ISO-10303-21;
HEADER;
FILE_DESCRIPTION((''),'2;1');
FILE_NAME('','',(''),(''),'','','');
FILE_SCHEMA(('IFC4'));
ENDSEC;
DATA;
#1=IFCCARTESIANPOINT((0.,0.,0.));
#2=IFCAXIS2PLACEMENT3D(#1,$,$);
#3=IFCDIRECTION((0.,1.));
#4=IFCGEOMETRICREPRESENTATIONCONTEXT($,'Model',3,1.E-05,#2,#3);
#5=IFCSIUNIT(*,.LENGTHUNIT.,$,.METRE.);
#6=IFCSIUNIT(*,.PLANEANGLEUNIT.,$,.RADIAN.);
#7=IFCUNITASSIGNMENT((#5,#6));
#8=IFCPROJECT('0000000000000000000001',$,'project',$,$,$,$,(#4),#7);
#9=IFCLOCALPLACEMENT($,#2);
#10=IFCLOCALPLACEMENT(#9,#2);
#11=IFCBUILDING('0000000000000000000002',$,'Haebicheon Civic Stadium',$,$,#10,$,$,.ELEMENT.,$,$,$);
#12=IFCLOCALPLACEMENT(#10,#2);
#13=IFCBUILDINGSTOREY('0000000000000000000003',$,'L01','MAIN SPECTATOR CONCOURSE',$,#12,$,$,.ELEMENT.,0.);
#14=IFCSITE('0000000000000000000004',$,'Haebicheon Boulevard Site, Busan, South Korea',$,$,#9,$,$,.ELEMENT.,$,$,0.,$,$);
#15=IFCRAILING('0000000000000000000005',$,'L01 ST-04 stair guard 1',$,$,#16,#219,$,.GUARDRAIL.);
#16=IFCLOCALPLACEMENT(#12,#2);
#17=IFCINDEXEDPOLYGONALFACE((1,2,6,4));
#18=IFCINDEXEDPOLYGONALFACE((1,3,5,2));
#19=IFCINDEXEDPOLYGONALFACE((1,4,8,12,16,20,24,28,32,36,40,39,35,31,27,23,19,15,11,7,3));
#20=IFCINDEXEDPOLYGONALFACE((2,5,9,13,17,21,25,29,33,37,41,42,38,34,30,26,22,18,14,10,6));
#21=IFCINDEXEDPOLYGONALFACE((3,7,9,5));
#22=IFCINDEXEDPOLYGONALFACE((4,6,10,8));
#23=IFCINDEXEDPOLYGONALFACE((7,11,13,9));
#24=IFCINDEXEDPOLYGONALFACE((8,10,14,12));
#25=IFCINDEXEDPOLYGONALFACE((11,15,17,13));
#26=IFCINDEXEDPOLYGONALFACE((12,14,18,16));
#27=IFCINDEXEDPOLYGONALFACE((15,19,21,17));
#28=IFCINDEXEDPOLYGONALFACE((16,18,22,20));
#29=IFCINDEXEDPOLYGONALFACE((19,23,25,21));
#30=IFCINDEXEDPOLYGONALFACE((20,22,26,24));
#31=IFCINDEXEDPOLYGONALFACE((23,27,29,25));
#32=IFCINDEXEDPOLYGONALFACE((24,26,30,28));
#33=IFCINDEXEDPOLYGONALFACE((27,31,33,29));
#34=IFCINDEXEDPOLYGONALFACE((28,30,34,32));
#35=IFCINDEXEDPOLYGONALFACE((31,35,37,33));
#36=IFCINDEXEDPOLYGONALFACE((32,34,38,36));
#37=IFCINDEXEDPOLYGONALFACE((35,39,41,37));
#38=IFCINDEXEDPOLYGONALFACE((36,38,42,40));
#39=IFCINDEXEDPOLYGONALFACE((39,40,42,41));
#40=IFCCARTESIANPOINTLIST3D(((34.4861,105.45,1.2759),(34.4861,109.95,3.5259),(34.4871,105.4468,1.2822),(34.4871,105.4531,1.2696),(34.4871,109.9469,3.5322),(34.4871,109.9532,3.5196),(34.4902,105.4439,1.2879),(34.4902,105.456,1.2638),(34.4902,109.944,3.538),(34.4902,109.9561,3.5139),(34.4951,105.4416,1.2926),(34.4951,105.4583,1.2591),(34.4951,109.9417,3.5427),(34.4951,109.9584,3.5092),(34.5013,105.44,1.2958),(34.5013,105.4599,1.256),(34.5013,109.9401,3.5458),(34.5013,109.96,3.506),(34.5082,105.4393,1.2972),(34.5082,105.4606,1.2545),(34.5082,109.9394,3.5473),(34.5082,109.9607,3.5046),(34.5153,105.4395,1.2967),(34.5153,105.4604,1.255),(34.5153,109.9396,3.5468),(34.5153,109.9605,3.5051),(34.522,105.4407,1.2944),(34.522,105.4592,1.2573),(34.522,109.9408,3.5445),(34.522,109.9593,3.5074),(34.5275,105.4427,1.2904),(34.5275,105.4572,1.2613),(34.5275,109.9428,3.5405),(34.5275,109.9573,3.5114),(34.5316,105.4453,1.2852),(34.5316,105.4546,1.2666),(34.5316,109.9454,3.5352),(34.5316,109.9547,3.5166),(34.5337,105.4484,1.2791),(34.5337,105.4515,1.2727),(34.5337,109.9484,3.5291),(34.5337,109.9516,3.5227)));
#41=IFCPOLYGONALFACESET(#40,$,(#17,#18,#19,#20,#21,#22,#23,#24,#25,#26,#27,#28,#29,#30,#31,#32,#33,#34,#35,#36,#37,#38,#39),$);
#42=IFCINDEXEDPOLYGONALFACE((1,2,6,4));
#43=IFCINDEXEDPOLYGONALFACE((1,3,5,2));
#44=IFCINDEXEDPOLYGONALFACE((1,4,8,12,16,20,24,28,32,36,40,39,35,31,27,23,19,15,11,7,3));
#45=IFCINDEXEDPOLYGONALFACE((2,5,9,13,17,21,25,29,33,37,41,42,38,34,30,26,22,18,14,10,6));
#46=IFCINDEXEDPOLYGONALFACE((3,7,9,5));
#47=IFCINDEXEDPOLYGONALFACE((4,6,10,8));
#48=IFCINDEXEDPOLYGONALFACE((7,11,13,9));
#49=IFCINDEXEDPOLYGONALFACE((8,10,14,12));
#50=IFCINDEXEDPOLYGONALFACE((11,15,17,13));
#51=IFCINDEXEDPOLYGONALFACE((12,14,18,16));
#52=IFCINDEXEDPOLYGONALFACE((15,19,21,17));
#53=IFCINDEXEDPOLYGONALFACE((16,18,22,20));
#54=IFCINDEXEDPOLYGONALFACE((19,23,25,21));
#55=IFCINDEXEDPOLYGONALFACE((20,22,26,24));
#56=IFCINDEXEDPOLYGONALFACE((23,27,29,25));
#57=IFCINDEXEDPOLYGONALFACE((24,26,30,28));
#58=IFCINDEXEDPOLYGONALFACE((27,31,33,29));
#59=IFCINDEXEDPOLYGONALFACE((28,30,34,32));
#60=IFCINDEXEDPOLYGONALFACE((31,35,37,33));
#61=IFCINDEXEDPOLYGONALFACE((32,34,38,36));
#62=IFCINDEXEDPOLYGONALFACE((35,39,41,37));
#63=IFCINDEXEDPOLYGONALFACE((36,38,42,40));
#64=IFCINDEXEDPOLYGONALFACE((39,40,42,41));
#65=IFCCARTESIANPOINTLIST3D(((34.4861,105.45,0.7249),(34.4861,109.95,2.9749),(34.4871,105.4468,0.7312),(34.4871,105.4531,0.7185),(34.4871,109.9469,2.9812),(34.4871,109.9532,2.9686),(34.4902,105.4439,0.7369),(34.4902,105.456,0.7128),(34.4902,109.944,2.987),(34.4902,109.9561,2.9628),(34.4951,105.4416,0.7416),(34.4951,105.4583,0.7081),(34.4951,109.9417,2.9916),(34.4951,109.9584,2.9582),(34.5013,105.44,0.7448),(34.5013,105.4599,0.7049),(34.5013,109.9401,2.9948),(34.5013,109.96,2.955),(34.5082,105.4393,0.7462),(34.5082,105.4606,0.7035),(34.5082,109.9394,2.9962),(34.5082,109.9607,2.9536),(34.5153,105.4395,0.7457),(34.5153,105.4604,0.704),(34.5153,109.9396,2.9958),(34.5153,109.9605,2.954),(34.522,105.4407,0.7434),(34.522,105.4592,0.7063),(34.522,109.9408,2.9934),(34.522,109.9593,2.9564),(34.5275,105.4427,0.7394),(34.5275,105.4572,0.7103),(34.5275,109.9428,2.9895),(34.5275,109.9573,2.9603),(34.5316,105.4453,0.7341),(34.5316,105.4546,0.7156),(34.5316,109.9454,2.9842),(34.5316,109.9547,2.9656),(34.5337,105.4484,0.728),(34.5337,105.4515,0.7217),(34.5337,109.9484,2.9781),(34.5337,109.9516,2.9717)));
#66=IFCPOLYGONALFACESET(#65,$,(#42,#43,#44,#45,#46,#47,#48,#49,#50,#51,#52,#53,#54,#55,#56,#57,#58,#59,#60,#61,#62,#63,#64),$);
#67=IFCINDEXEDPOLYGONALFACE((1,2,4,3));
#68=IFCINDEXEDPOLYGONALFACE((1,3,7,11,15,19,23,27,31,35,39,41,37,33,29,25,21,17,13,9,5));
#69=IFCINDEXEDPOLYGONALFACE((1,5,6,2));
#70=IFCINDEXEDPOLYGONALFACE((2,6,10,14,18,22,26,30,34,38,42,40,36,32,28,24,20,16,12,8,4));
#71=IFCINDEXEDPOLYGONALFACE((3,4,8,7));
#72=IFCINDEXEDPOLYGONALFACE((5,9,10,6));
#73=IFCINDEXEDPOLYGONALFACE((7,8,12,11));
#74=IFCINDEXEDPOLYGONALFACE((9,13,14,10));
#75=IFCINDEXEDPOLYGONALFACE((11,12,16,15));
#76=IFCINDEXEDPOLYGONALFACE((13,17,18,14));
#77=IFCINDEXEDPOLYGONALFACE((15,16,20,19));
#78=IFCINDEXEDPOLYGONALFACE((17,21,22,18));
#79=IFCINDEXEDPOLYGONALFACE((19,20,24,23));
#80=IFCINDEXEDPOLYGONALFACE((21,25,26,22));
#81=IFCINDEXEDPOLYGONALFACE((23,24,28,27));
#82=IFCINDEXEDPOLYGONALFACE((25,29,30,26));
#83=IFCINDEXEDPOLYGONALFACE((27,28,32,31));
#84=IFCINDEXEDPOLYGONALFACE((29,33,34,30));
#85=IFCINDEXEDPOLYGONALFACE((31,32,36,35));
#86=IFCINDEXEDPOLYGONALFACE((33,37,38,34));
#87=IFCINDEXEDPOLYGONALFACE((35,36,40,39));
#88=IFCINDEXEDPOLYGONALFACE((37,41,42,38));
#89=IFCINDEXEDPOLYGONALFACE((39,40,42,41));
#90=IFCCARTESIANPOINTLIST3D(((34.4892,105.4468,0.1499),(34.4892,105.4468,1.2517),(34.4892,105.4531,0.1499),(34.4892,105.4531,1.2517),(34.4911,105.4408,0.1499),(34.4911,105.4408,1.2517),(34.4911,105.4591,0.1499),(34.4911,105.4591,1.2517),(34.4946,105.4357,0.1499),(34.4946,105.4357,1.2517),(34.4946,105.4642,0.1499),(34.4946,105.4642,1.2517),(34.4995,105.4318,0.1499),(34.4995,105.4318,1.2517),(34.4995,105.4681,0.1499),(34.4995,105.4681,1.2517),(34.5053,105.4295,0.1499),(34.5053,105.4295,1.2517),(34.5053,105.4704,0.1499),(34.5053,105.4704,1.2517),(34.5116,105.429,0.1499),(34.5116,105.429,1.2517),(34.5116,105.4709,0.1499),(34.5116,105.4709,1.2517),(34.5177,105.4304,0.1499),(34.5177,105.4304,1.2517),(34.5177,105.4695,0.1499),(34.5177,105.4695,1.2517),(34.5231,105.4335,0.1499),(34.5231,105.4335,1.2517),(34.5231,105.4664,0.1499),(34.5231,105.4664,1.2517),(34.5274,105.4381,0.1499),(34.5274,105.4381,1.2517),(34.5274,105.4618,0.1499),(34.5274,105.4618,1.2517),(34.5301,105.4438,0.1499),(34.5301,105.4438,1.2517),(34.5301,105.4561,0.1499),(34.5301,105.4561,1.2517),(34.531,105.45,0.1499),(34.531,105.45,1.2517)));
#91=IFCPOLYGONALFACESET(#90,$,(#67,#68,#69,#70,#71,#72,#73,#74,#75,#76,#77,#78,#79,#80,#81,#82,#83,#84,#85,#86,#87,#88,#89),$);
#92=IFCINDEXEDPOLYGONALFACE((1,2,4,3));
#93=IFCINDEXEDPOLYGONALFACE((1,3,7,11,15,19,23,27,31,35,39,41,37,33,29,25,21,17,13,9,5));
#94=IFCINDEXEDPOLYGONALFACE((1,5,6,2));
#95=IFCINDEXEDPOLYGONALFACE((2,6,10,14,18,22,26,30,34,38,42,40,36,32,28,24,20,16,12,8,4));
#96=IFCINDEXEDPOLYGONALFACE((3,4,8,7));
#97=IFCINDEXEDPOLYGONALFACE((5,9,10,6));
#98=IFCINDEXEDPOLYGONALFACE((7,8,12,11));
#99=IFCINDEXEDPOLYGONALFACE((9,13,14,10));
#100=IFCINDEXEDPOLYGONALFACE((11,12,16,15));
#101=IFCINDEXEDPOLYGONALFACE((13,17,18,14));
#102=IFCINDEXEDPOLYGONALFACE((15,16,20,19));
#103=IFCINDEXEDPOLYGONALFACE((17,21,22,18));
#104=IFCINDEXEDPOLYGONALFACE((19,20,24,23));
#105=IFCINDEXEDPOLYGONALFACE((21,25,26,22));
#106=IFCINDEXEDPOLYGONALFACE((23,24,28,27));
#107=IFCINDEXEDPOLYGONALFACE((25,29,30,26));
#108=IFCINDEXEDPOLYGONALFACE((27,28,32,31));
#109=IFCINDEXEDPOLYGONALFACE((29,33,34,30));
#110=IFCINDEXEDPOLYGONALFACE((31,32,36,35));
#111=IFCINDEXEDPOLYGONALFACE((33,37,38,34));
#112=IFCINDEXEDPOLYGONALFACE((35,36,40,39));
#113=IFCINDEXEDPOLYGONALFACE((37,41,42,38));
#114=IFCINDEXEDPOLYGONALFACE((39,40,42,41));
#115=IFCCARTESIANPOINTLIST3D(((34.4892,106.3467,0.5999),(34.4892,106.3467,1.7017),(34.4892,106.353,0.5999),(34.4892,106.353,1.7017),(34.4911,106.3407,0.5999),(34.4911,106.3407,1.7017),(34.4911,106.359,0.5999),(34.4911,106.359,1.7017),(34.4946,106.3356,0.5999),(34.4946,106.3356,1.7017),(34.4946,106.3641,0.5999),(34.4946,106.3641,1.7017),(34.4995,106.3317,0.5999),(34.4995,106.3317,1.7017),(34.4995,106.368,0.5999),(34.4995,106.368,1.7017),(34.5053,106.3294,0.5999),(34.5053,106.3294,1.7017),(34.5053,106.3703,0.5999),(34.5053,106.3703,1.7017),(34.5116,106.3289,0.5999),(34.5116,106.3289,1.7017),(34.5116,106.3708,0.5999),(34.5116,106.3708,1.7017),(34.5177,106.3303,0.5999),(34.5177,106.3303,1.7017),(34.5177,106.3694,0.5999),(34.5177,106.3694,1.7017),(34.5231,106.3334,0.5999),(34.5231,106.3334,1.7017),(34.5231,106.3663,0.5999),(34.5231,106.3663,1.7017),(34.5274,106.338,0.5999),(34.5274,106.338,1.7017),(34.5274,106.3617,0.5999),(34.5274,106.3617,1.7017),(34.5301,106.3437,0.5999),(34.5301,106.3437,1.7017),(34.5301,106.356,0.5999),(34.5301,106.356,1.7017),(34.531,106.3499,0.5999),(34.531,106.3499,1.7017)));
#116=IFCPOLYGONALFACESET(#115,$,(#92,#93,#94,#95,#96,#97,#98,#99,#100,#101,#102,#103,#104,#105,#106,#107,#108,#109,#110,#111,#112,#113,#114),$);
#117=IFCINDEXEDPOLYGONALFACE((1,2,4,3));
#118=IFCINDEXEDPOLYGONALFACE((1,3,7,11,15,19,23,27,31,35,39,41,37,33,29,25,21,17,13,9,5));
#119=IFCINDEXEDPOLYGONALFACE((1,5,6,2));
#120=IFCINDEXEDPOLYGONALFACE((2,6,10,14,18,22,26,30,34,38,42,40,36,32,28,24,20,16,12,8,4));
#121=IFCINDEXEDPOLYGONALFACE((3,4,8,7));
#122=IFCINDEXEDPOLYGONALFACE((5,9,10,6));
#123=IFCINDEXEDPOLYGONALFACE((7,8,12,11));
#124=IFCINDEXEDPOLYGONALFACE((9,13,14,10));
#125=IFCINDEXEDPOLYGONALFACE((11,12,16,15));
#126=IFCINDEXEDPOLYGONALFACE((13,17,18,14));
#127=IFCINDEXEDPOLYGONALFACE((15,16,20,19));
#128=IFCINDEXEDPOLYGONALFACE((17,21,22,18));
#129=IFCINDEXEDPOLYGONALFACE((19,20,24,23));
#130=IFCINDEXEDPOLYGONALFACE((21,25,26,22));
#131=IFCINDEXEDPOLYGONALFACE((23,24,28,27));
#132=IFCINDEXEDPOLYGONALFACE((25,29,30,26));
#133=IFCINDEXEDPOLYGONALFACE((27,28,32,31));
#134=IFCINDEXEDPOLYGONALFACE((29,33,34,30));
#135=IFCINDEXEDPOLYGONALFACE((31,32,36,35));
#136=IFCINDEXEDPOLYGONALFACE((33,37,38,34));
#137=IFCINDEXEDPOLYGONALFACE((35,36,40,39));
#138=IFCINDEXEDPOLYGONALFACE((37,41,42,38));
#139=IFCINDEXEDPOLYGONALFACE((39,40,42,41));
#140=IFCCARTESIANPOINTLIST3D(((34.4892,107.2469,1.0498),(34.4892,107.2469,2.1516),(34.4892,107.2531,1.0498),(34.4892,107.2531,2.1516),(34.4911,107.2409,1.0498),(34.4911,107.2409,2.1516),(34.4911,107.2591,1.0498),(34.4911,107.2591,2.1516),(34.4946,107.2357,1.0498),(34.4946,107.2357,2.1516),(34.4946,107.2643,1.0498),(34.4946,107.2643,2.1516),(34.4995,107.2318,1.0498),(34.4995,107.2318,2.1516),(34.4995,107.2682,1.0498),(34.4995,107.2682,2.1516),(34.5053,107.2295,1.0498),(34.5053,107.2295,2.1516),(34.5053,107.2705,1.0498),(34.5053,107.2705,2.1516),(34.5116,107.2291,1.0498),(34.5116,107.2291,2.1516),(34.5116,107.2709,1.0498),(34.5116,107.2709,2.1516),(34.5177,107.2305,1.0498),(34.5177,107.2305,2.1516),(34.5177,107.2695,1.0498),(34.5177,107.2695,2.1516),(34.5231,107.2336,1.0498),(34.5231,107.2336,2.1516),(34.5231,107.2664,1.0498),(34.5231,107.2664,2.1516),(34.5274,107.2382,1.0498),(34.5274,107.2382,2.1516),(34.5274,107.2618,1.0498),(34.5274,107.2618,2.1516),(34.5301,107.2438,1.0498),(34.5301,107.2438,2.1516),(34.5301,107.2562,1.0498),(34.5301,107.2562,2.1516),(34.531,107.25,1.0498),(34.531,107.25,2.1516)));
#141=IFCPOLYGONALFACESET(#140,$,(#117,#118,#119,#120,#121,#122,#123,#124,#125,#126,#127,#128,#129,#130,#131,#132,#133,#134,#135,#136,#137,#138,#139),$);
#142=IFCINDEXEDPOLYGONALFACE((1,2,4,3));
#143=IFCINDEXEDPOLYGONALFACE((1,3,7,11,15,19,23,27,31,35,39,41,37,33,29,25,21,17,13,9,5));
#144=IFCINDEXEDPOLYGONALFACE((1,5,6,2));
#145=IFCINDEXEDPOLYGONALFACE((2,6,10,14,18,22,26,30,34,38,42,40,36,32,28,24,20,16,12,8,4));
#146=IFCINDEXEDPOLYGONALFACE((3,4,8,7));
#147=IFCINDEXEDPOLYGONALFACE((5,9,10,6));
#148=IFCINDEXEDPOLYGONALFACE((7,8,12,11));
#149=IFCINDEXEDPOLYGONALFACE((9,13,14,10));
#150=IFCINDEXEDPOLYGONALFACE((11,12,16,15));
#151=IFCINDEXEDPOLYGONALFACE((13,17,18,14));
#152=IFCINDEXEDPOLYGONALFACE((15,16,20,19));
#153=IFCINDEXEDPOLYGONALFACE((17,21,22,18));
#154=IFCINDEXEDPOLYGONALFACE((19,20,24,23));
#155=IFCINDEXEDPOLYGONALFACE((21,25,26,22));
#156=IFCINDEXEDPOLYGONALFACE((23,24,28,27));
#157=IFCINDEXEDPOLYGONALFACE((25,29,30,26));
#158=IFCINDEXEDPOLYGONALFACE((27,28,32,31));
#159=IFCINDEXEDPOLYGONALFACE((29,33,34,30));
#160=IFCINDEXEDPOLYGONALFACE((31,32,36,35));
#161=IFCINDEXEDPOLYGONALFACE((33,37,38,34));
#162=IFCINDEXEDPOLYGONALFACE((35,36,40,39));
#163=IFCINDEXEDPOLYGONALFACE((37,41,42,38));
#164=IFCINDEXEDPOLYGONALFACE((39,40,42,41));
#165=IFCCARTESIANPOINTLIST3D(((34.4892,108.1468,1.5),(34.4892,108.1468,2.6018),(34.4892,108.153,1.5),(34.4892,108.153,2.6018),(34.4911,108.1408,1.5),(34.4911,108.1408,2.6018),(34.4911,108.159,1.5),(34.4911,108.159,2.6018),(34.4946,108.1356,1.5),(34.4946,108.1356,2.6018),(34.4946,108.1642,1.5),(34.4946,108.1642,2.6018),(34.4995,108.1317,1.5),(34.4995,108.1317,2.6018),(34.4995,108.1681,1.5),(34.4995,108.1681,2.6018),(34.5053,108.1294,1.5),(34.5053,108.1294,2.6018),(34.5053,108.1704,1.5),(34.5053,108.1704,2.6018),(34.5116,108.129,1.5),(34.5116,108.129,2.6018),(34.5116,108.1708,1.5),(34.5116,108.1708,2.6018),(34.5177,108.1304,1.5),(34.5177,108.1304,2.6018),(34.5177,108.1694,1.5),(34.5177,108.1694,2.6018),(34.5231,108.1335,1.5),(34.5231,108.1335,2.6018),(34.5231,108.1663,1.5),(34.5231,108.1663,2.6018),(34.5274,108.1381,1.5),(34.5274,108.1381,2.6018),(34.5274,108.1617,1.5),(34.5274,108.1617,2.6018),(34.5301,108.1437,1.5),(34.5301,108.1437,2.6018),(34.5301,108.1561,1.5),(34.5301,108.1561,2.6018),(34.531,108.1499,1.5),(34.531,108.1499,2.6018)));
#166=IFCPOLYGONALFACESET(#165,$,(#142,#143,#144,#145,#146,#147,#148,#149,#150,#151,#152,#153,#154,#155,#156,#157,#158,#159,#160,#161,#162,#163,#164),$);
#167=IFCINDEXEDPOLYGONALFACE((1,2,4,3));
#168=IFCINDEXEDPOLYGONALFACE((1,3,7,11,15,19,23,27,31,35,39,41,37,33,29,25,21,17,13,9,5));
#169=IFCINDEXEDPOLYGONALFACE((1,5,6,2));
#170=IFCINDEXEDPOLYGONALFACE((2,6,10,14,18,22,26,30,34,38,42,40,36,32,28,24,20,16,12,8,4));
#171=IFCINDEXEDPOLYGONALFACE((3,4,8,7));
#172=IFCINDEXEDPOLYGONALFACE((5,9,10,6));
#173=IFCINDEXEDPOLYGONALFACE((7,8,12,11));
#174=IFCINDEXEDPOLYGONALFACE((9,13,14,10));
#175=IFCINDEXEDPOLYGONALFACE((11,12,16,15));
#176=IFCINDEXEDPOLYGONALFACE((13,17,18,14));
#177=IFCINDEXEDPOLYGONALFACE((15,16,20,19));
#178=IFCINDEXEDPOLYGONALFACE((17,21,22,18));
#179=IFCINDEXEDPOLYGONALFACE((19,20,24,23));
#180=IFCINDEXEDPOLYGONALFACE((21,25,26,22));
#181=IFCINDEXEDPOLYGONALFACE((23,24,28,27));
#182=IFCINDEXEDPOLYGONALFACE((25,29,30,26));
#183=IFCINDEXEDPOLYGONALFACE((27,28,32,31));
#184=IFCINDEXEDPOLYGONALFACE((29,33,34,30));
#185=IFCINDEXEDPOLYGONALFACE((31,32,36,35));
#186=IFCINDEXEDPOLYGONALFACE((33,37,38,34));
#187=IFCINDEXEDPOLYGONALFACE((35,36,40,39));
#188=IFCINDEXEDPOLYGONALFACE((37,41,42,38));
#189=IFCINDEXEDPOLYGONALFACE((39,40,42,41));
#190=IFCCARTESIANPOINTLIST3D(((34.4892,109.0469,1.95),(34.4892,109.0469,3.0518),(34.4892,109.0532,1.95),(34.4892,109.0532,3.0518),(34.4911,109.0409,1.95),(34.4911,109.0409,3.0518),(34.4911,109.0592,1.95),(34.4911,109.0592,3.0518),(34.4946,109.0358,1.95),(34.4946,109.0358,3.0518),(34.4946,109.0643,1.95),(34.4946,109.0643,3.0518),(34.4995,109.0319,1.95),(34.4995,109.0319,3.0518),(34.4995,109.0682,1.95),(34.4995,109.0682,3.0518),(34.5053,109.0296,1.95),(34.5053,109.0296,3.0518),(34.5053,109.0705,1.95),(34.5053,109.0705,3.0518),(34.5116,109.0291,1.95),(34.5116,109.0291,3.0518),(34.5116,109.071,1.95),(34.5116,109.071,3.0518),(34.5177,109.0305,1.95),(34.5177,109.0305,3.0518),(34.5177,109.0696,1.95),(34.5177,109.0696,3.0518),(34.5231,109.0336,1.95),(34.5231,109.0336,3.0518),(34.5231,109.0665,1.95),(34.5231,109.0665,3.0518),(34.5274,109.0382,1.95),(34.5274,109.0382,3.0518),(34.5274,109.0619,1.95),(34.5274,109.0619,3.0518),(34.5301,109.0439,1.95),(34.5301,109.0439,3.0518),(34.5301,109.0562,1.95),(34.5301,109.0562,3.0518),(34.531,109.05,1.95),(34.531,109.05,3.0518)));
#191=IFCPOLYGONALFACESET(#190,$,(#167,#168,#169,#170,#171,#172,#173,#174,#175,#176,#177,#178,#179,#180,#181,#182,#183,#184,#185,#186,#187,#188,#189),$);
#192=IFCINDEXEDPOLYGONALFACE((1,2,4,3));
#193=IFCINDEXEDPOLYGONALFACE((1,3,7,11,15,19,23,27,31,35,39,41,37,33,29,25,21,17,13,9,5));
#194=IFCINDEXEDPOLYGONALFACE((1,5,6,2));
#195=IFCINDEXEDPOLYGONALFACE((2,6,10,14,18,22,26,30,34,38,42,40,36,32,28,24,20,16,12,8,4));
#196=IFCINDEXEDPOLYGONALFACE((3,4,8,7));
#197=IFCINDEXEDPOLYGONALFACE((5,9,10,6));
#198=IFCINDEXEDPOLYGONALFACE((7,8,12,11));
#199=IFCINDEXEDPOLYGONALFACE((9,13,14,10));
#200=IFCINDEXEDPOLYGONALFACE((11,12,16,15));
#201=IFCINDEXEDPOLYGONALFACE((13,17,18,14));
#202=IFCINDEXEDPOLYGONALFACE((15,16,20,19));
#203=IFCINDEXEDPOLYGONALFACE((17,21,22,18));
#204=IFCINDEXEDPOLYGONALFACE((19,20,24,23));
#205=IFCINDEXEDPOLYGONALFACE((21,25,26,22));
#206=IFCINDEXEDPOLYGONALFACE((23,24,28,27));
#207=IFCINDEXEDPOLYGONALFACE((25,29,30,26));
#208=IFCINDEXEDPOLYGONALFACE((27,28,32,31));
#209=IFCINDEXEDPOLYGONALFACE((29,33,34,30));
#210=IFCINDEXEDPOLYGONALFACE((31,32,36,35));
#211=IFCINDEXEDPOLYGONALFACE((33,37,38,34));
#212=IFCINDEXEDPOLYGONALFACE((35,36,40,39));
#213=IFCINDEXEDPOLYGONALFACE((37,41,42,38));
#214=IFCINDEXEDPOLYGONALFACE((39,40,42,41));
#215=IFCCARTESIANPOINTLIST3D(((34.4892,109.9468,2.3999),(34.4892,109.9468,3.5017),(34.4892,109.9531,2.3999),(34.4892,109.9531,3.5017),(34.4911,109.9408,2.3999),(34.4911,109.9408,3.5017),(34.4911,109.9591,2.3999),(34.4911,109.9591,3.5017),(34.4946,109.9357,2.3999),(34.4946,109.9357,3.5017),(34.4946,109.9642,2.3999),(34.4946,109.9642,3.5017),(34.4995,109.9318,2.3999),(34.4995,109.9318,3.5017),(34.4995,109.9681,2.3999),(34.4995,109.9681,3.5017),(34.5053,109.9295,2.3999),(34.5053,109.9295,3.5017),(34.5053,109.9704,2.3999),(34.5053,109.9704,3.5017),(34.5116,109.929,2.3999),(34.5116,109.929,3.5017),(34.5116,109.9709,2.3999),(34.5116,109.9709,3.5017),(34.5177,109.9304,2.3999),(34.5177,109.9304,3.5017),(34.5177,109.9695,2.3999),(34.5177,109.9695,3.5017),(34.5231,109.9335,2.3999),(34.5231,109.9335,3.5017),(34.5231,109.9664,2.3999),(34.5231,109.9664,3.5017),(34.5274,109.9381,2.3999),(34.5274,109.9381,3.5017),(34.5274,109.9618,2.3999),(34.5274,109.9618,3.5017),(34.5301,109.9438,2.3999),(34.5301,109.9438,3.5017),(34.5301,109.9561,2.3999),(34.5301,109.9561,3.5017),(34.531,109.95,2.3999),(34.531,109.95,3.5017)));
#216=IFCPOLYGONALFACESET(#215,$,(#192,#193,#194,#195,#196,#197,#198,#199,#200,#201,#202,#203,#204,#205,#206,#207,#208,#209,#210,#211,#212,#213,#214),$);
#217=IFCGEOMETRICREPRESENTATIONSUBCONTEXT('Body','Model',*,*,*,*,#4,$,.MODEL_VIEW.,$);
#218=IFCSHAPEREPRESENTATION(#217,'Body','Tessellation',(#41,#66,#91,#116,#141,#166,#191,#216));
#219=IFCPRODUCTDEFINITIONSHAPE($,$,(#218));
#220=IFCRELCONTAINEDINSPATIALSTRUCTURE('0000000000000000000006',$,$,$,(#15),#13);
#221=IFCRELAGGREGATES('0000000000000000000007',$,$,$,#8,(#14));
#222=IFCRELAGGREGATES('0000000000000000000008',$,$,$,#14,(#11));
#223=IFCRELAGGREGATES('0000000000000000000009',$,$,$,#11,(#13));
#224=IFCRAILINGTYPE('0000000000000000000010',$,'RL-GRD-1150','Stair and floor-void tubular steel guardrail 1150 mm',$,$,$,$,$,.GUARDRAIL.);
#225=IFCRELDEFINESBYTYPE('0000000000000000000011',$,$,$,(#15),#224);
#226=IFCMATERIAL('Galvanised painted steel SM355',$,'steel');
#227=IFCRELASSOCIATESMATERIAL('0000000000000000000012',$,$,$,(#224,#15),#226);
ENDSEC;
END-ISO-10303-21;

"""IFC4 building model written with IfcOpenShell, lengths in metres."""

from ifc_helpers import new_model, si_unit, direction, frame, origin, origin_2d, place, context, subcontext, project, spatial, circle, extrude, material, type_object, element, save


model = new_model("IFC4")

# Units and contexts
model_context = context("Model", 3, precision=1e-05, world=origin(), true_north=direction((0.0, 1.0)))
body_context = subcontext(model_context, "Body", "Model", "MODEL_VIEW")
ifc_project = project(units=[si_unit("LENGTHUNIT", "METRE"), si_unit("PLANEANGLEUNIT", "RADIAN")], contexts=[model_context])

# Site, building, storey
site_placement = place(None, origin())
site = spatial("IfcSite", under=ifc_project, at=site_placement, Name="Haebicheon Boulevard Site, Busan, South Korea", CompositionType="ELEMENT", RefElevation=0.0)
building_placement = place(site_placement, origin())
building = spatial("IfcBuilding", under=site, at=building_placement, Name="Haebicheon Civic Stadium", CompositionType="ELEMENT")
storey_placement = place(building_placement, origin())
storey = spatial("IfcBuildingStorey", under=building, at=storey_placement, Name="L01", Description="MAIN SPECTATOR CONCOURSE", CompositionType="ELEMENT", Elevation=0.0)

# Railing
ifc_material_1 = material(Name="Galvanised painted steel SM355", Category="steel")
railing_type_1 = type_object("IfcRailingType", Name="RL-GRD-1150", Description="Stair and floor-void tubular steel guardrail 1150 mm", PredefinedType="GUARDRAIL", material=ifc_material_1)
railing_1_placement = place(storey_placement, frame((34.51, 105.45, 0.1499)))
element("IfcRailing", 1, at=railing_1_placement, inside=storey, type_object=railing_type_1, material=ifc_material_1, Name="L01 ST-04 stair guard 1", PredefinedType="GUARDRAIL", context=body_context, shape_type="SweptSolid", body=[
    extrude(circle(Radius=0.0239, at=origin_2d()), frame((0.0, 0.0, 1.126), z_axis=(0.0, 0.894427, 0.447214), x_axis=(-1.0, 0.0, 0.0)), (0.0, 0.0, 1.0), 5.0312),
    extrude(circle(Radius=0.0239, at=origin_2d()), frame((0.0, 0.0, 0.575), z_axis=(0.0, 0.894427, 0.447214), x_axis=(-1.0, 0.0, 0.0)), (0.0, 0.0, 1.0), 5.0312),
    extrude(circle(Radius=0.021, at=origin_2d()), origin(), (0.0, 0.0, 1.0), 1.1018),
    extrude(circle(Radius=0.021, at=origin_2d()), frame((0.0, 0.8999, 0.45)), (0.0, 0.0, 1.0), 1.1018),
    extrude(circle(Radius=0.021, at=origin_2d()), frame((0.0, 1.8, 0.8999)), (0.0, 0.0, 1.0), 1.1018),
    extrude(circle(Radius=0.021, at=origin_2d()), frame((0.0, 2.7, 1.3501)), (0.0, 0.0, 1.0), 1.1018),
    extrude(circle(Radius=0.021, at=origin_2d()), frame((0.0, 3.6001, 1.8)), (0.0, 0.0, 1.0), 1.1018),
    extrude(circle(Radius=0.021, at=origin_2d()), frame((0.0, 4.5, 2.25)), (0.0, 0.0, 1.0), 1.1018),
])

save(model, "model.ifc")
